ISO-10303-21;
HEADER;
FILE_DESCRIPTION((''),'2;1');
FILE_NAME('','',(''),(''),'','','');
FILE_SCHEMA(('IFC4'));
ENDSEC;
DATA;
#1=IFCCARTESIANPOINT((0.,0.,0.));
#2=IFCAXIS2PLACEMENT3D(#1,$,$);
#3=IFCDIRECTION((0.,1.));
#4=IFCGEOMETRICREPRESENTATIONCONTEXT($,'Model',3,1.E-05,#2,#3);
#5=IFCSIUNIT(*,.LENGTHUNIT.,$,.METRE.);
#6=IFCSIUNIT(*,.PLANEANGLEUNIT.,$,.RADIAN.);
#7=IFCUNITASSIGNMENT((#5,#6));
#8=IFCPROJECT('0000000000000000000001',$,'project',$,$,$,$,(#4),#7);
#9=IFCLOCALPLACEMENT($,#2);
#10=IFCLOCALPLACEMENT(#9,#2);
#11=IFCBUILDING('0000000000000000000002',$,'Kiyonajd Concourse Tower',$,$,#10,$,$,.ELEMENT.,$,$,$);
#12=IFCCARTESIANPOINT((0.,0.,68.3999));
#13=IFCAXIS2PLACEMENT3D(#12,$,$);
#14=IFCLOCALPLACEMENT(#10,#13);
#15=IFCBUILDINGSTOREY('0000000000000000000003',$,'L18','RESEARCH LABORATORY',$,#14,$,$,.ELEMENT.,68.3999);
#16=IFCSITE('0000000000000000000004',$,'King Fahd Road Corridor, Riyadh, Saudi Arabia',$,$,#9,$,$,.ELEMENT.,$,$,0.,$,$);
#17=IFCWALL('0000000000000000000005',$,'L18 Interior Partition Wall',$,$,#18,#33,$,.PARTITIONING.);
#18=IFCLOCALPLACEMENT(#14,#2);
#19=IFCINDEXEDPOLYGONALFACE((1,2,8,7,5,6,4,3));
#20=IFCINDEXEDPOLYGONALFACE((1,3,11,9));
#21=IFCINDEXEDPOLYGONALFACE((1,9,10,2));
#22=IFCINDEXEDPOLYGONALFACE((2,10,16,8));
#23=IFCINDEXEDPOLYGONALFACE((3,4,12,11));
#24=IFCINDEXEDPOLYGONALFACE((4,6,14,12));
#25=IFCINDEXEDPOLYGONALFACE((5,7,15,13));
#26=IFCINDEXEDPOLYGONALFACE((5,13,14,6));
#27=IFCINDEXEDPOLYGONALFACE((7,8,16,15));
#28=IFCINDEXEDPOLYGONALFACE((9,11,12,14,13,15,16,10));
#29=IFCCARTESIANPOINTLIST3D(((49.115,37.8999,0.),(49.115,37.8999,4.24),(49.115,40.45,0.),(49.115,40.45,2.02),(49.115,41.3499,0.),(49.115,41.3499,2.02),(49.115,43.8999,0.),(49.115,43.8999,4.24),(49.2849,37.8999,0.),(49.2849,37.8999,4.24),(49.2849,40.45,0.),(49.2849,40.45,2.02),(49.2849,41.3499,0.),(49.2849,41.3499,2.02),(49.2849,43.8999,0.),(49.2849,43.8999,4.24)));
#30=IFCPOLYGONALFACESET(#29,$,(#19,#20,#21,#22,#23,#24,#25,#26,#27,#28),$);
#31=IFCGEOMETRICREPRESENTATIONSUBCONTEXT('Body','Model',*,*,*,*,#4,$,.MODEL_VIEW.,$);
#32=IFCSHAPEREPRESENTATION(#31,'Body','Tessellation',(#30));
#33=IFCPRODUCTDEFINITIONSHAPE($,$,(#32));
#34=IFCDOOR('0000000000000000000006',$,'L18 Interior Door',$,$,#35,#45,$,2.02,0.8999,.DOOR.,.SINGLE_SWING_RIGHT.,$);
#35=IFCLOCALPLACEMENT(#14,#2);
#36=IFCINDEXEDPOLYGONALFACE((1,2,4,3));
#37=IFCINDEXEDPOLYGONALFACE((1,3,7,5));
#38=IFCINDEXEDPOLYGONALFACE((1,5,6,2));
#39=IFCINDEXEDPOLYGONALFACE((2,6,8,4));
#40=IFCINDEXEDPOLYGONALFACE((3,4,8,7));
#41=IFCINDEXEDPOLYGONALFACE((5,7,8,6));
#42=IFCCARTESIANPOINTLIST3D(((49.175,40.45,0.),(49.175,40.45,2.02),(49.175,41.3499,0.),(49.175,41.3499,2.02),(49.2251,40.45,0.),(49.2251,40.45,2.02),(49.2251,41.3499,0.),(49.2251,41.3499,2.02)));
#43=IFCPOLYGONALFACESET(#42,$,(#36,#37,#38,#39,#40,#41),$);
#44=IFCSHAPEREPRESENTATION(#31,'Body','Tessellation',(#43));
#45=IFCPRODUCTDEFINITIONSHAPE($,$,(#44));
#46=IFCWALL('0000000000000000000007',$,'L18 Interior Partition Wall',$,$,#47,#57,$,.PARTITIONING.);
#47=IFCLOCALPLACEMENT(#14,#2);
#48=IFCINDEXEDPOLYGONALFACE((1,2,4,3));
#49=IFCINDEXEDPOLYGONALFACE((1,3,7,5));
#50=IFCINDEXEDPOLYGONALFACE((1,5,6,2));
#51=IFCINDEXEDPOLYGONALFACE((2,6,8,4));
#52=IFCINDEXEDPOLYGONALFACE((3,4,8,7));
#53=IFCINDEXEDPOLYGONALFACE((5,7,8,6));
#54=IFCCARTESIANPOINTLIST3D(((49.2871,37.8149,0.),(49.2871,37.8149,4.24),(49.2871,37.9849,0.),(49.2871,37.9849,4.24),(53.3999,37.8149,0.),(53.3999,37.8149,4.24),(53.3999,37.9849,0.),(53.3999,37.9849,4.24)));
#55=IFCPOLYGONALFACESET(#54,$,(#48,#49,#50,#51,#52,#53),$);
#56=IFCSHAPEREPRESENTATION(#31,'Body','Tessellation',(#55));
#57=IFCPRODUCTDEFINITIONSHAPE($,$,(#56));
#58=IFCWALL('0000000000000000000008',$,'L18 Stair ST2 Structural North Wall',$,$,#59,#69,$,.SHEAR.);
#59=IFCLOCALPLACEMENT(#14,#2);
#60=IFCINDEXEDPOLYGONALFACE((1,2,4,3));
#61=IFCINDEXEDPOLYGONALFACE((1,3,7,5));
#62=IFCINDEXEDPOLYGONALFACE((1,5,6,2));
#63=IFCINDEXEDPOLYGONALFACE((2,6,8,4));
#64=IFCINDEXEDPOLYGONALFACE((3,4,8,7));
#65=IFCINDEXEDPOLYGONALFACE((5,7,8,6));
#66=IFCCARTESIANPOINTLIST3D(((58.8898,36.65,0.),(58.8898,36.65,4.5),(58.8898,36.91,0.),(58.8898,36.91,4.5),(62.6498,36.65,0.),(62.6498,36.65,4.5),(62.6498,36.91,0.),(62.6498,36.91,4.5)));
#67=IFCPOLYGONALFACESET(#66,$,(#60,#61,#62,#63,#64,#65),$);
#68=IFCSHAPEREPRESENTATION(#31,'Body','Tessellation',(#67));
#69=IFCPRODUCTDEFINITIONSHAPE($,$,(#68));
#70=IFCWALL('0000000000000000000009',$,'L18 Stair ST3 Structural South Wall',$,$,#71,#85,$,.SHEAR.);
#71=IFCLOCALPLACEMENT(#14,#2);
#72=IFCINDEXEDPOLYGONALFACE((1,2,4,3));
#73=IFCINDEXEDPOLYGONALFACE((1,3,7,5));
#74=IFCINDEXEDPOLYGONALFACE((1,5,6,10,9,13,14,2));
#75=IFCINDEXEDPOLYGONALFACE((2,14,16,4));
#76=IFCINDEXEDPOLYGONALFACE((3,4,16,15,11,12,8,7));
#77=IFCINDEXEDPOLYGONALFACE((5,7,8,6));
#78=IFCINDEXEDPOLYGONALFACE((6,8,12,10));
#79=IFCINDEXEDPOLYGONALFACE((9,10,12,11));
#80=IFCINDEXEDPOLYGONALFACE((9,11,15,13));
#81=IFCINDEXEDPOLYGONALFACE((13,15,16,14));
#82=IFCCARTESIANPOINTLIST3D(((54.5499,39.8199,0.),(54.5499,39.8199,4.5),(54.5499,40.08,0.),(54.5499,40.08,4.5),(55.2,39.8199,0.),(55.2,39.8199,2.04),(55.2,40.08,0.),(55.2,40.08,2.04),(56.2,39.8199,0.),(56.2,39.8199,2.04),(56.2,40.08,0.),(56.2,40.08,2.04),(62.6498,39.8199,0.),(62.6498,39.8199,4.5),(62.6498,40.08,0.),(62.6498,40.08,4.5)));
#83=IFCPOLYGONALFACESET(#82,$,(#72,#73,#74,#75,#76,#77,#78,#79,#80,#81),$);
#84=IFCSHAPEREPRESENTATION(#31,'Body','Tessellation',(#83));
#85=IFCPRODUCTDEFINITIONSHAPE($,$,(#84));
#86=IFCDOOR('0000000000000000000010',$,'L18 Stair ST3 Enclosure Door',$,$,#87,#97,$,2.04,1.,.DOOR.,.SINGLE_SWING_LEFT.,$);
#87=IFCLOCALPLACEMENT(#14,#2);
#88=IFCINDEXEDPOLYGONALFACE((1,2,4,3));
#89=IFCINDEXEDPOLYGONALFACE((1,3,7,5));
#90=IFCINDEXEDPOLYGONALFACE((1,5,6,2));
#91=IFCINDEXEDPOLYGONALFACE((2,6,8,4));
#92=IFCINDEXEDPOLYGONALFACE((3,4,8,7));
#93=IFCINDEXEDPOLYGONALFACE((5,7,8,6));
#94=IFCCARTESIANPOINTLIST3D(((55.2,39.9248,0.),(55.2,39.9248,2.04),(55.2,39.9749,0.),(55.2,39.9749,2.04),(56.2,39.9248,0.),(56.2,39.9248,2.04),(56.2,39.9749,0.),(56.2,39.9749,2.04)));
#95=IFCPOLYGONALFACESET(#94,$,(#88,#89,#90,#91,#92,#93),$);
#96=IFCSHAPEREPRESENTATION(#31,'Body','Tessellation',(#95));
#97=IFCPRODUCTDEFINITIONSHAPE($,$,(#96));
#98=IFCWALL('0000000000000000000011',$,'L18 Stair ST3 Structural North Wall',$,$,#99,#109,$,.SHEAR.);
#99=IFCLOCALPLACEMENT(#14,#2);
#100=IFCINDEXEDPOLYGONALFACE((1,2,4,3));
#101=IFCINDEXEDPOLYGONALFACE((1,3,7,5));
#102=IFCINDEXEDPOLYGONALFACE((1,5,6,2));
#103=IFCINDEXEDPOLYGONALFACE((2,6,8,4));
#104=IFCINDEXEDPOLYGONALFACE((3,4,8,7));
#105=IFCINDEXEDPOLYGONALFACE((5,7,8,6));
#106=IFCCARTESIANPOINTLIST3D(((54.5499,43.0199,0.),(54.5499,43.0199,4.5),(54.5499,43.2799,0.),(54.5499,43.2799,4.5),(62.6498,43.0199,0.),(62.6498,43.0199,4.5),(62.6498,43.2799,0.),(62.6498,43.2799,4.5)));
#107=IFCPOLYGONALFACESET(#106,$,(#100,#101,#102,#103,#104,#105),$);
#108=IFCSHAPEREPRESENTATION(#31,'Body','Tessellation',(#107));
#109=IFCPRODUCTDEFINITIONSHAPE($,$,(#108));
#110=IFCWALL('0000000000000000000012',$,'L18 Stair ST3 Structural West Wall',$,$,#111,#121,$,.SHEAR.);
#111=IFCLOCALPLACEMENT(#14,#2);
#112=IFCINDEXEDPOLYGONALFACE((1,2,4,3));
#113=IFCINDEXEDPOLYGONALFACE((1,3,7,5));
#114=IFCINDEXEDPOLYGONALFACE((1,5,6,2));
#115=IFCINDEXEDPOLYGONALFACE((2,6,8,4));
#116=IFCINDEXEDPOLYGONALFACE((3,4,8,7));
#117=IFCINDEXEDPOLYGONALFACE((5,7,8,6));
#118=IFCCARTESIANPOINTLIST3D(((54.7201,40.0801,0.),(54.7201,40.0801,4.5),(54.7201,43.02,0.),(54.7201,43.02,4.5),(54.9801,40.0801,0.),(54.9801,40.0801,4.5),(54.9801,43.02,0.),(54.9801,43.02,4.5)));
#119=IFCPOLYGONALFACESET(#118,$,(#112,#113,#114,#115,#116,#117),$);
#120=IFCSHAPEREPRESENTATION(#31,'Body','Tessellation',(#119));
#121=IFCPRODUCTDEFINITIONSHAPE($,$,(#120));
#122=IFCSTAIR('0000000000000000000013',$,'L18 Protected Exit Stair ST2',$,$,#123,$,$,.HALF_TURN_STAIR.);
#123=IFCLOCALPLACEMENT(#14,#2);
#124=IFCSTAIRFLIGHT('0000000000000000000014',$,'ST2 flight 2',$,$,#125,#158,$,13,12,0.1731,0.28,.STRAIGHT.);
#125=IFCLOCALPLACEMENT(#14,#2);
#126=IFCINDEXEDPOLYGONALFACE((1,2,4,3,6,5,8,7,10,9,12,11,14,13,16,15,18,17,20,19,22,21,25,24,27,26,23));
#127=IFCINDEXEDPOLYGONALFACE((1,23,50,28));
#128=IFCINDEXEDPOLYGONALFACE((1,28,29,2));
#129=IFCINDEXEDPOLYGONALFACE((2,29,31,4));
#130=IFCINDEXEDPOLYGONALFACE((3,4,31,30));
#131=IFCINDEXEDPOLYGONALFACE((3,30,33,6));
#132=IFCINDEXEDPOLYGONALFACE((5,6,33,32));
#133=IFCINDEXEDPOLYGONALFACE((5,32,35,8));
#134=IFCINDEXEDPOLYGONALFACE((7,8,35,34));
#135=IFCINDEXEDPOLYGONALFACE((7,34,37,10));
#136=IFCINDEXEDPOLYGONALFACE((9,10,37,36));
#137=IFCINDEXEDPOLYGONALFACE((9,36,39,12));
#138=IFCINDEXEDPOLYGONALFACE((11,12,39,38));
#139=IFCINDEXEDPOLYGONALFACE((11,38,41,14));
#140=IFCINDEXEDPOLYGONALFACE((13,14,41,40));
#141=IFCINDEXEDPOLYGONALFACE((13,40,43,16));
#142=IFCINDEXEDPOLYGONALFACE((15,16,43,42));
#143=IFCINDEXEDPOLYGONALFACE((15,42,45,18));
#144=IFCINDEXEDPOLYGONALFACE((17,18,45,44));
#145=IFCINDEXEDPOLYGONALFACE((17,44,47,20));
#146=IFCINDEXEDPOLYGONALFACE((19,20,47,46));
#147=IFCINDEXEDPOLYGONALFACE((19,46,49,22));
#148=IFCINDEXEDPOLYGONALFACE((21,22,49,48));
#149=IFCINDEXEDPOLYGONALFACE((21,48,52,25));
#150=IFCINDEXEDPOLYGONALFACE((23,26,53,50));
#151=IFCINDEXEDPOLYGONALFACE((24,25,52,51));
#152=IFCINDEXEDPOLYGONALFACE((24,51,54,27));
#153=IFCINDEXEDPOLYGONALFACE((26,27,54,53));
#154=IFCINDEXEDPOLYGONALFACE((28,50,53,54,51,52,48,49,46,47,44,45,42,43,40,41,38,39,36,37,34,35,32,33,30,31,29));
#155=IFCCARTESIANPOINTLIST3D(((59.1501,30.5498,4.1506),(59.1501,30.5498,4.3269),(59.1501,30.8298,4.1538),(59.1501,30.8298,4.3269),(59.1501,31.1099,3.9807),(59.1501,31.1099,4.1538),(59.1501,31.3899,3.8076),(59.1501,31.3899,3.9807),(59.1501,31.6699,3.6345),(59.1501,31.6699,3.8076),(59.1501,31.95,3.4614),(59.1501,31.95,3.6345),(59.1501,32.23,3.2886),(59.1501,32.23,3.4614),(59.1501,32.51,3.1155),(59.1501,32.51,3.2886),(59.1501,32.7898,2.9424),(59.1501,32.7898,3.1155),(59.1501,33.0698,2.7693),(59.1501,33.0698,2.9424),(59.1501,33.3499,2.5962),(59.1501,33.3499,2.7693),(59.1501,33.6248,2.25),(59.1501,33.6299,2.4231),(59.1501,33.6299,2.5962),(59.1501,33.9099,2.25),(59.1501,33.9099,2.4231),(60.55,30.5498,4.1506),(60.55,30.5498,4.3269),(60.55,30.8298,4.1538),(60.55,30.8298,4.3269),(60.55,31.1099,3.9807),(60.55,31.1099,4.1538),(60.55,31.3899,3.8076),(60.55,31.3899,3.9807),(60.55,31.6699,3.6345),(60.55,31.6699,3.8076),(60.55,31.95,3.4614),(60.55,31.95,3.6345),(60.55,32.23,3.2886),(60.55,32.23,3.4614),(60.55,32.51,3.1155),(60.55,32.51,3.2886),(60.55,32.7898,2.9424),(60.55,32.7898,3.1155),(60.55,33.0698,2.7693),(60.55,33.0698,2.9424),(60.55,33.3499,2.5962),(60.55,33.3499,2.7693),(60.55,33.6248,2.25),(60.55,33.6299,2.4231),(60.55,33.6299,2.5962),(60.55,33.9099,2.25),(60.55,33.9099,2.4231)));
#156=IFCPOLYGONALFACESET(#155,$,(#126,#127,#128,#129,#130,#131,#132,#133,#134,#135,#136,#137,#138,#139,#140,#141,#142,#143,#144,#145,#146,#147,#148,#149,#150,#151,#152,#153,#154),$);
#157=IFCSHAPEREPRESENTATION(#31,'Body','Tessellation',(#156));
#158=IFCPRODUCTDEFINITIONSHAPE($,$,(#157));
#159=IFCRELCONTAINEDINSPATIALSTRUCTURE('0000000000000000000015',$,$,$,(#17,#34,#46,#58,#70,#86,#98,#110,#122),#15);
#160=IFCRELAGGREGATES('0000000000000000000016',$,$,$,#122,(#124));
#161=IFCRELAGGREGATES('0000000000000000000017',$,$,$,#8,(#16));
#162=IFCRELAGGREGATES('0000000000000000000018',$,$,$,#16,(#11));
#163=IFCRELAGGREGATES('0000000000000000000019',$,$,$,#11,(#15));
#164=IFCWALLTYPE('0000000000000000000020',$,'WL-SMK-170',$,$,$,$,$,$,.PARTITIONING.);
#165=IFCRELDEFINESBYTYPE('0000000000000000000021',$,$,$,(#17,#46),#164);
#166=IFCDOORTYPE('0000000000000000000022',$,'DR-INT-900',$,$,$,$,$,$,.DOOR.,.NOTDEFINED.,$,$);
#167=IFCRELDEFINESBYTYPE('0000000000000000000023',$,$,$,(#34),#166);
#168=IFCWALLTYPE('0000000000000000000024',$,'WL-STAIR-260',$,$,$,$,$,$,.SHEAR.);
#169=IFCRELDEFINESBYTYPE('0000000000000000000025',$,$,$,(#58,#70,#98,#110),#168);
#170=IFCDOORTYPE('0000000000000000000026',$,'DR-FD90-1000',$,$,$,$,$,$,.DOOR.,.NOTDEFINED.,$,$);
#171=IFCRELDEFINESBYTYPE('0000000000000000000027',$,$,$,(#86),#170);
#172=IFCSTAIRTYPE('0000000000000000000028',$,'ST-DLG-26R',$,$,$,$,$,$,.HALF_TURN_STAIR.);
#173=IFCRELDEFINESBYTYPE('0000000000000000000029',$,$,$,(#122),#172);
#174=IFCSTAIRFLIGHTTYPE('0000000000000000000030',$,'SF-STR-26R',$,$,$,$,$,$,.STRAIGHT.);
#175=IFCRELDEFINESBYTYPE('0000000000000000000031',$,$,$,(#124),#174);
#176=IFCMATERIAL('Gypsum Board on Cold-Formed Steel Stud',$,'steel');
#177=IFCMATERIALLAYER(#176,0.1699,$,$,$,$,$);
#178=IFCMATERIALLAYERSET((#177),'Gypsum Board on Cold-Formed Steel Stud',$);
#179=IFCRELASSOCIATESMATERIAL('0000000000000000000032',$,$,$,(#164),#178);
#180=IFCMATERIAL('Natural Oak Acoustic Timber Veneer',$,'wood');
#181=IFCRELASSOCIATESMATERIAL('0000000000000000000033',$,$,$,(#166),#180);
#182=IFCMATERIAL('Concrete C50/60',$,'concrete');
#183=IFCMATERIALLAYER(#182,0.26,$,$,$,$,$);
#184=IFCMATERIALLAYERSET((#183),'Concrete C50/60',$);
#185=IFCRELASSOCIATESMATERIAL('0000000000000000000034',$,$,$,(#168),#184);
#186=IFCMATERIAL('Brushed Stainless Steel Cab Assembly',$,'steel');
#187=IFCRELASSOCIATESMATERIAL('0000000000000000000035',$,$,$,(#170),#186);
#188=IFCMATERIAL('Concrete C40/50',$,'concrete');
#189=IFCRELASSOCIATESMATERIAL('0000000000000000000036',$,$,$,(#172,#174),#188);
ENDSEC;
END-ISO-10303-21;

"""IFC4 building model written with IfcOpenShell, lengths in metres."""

from ifc_helpers import new_model, si_unit, direction, frame, frame_2d, origin, place, context, subcontext, project, spatial, polyline, rectangle, outline, extrude, material, layer, layer_set, type_object, element, fill, aggregate, save


model = new_model("IFC4")

# Units and contexts
model_context = context("Model", 3, precision=1e-05, world=origin(), true_north=direction((0.0, 1.0)))
body_context = subcontext(model_context, "Body", "Model", "MODEL_VIEW")
ifc_project = project(units=[si_unit("LENGTHUNIT", "METRE"), si_unit("PLANEANGLEUNIT", "RADIAN")], contexts=[model_context])

# Site, building, storey
site_placement = place(None, origin())
site = spatial("IfcSite", under=ifc_project, at=site_placement, Name="King Fahd Road Corridor, Riyadh, Saudi Arabia", CompositionType="ELEMENT", RefElevation=0.0)
building_placement = place(site_placement, origin())
building = spatial("IfcBuilding", under=site, at=building_placement, Name="Kiyonajd Concourse Tower", CompositionType="ELEMENT")
storey_placement = place(building_placement, frame((0.0, 0.0, 68.3999)))
storey = spatial("IfcBuildingStorey", under=building, at=storey_placement, Name="L18", Description="RESEARCH LABORATORY", CompositionType="ELEMENT", Elevation=68.3999)

# Shared definitions
ifc_material_1 = material(Name="Concrete C50/60", Category="concrete")

# Shared definitions
ifc_material_2 = material(Name="Gypsum Board on Cold-Formed Steel Stud", Category="steel")

# Shared definitions
ifc_layer_1 = layer(ifc_material_2, 0.1699)
ifc_layer_set_1 = layer_set([ifc_layer_1], Name="Gypsum Board on Cold-Formed Steel Stud")
wall_type_1 = type_object("IfcWallType", Name="WL-SMK-170", PredefinedType="PARTITIONING", material=ifc_layer_set_1)
ifc_material_3 = material(Name="Natural Oak Acoustic Timber Veneer", Category="wood")
door_type_1 = type_object("IfcDoorType", Name="DR-INT-900", OperationType="NOTDEFINED", PredefinedType="DOOR", material=ifc_material_3)

# Wall, opening, door
wall_1_placement = place(storey_placement, frame((49.2, 37.8999, 0.0), z_axis=(0.0, 0.0, 1.0), x_axis=(0.0, 1.0, 0.0)))
wall_1 = element("IfcWall", 1, at=wall_1_placement, inside=storey, type_object=wall_type_1, Name="L18 Interior Partition Wall", PredefinedType="PARTITIONING", context=body_context, shape_type="SweptSolid", body=[
    extrude(rectangle(XDim=6.0, YDim=0.1699, at=frame_2d((3.0, 0.0))), origin(), (0.0, 0.0, 1.0), 4.24),
])
opening_1_placement = place(wall_1_placement, frame((2.55, 0.0, 0.0)))
opening_1 = element("IfcOpeningElement", 2, at=opening_1_placement, cuts=wall_1, PredefinedType="OPENING", context=body_context, shape_type="SweptSolid", body=[
    extrude(rectangle(XDim=0.8999, YDim=2.02, at=frame_2d((0.45, 1.01))), frame((0.0, 0.095, 0.0), z_axis=(0.0, -1.0, 0.0), x_axis=(1.0, 0.0, 0.0)), (0.0, 0.0, 1.0), 0.1899),
])
door_1_placement = place(opening_1_placement, origin())
door_1 = element("IfcDoor", 3, at=door_1_placement, inside=storey, type_object=door_type_1, Name="L18 Interior Door", OperationType="SINGLE_SWING_RIGHT", OverallHeight=2.02, OverallWidth=0.8999, PredefinedType="DOOR", context=body_context, shape_type="SweptSolid", body=[
    extrude(rectangle(XDim=0.8999, YDim=2.02, at=frame_2d((0.45, 1.01))), frame((0.0, 0.0249, 0.0), z_axis=(0.0, -1.0, 0.0), x_axis=(1.0, 0.0, 0.0)), (0.0, 0.0, 1.0), 0.05),
])
fill(opening_1, door_1)

# Walls
wall_2_placement = place(storey_placement, frame((49.2871, 37.8999, 0.0), z_axis=(0.0, 0.0, 1.0), x_axis=(1.0, 0.0, 0.0)))
element("IfcWall", 4, at=wall_2_placement, inside=storey, type_object=wall_type_1, Name="L18 Interior Partition Wall", PredefinedType="PARTITIONING", context=body_context, shape_type="SweptSolid", body=[
    extrude(rectangle(XDim=4.1128, YDim=0.1699, at=frame_2d((2.0564, 0.0))), origin(), (0.0, 0.0, 1.0), 4.24),
])
ifc_layer_2 = layer(ifc_material_1, 0.26)
ifc_layer_set_2 = layer_set([ifc_layer_2], Name="Concrete C50/60")
wall_type_2 = type_object("IfcWallType", Name="WL-STAIR-260", PredefinedType="SHEAR", material=ifc_layer_set_2)
wall_3_placement = place(storey_placement, frame((58.8899, 36.78, 0.0), z_axis=(0.0, 0.0, 1.0), x_axis=(1.0, 0.0, 0.0)))
element("IfcWall", 5, at=wall_3_placement, inside=storey, type_object=wall_type_2, Name="L18 Stair ST2 Structural North Wall", PredefinedType="SHEAR", context=body_context, shape_type="SweptSolid", body=[
    extrude(rectangle(XDim=3.76, YDim=0.26, at=frame_2d((1.8799, 0.0))), origin(), (0.0, 0.0, 1.0), 4.5),
])

# Wall, opening, door
wall_4_placement = place(storey_placement, frame((54.55, 39.95, 0.0), z_axis=(0.0, 0.0, 1.0), x_axis=(1.0, 0.0, 0.0)))
wall_4 = element("IfcWall", 6, at=wall_4_placement, inside=storey, type_object=wall_type_2, Name="L18 Stair ST3 Structural South Wall", PredefinedType="SHEAR", context=body_context, shape_type="SweptSolid", body=[
    extrude(rectangle(XDim=8.0999, YDim=0.26, at=frame_2d((4.0498, 0.0))), origin(), (0.0, 0.0, 1.0), 4.5),
])
opening_2_placement = place(wall_4_placement, frame((0.6499, 0.0, 0.0)))
opening_2 = element("IfcOpeningElement", 7, at=opening_2_placement, cuts=wall_4, PredefinedType="OPENING", context=body_context, shape_type="SweptSolid", body=[
    extrude(rectangle(XDim=1.0, YDim=2.04, at=frame_2d((0.5, 1.02))), frame((0.0, 0.1399, 0.0), z_axis=(0.0, -1.0, 0.0), x_axis=(1.0, 0.0, 0.0)), (0.0, 0.0, 1.0), 0.28),
])
ifc_material_4 = material(Name="Brushed Stainless Steel Cab Assembly", Category="steel")
door_type_2 = type_object("IfcDoorType", Name="DR-FD90-1000", OperationType="NOTDEFINED", PredefinedType="DOOR", material=ifc_material_4)
door_2_placement = place(opening_2_placement, origin())
door_2 = element("IfcDoor", 8, at=door_2_placement, inside=storey, type_object=door_type_2, Name="L18 Stair ST3 Enclosure Door", OperationType="SINGLE_SWING_LEFT", OverallHeight=2.04, OverallWidth=1.0, PredefinedType="DOOR", context=body_context, shape_type="SweptSolid", body=[
    extrude(rectangle(XDim=1.0, YDim=2.04, at=frame_2d((0.5, 1.02))), frame((0.0, 0.0249, 0.0), z_axis=(0.0, -1.0, 0.0), x_axis=(1.0, 0.0, 0.0)), (0.0, 0.0, 1.0), 0.05),
])
fill(opening_2, door_2)

# Walls
wall_5_placement = place(storey_placement, frame((54.55, 43.1499, 0.0), z_axis=(0.0, 0.0, 1.0), x_axis=(1.0, 0.0, 0.0)))
element("IfcWall", 9, at=wall_5_placement, inside=storey, type_object=wall_type_2, Name="L18 Stair ST3 Structural North Wall", PredefinedType="SHEAR", context=body_context, shape_type="SweptSolid", body=[
    extrude(rectangle(XDim=8.0999, YDim=0.26, at=frame_2d((4.0498, 0.0))), origin(), (0.0, 0.0, 1.0), 4.5),
])
wall_6_placement = place(storey_placement, frame((54.8501, 40.0801, 0.0), z_axis=(0.0, 0.0, 1.0), x_axis=(0.0, 1.0, 0.0)))
element("IfcWall", 10, at=wall_6_placement, inside=storey, type_object=wall_type_2, Name="L18 Stair ST3 Structural West Wall", PredefinedType="SHEAR", context=body_context, shape_type="SweptSolid", body=[
    extrude(rectangle(XDim=2.9399, YDim=0.26, at=frame_2d((1.47, 0.0))), origin(), (0.0, 0.0, 1.0), 4.5),
])

# Stair, stair flight
ifc_material_5 = material(Name="Concrete C40/50", Category="concrete")
stair_type = type_object("IfcStairType", Name="ST-DLG-26R", PredefinedType="HALF_TURN_STAIR", material=ifc_material_5)
stair_1_placement = place(storey_placement, origin())
stair_1 = element("IfcStair", 11, at=stair_1_placement, inside=storey, type_object=stair_type, Name="L18 Protected Exit Stair ST2", PredefinedType="HALF_TURN_STAIR")
stair_flight_type = type_object("IfcStairFlightType", Name="SF-STR-26R", PredefinedType="STRAIGHT", material=ifc_material_5)
stair_flight_1_placement = place(storey_placement, frame((59.8501, 33.9099, 2.25), z_axis=(0.0, 0.0, 1.0), x_axis=(0.0, -1.0, 0.0)))
stair_flight_1 = element("IfcStairFlight", 12, at=stair_flight_1_placement, type_object=stair_flight_type, Name="ST2 flight 2", NumberOfRisers=13, NumberOfTreads=12, PredefinedType="STRAIGHT", RiserHeight=0.1731, TreadLength=0.28, context=body_context, shape_type="SweptSolid", body=[
    extrude(outline(polyline([(0.0, 0.0), (0.0, 0.1731), (0.28, 0.1731), (0.28, 0.3462), (0.5601, 0.3462), (0.5601, 0.5193), (0.8401, 0.5193), (0.8401, 0.6924), (1.1201, 0.6924), (1.1201, 0.8655), (1.3999, 0.8655), (1.3999, 1.0386), (1.6799, 1.0386), (1.6799, 1.2114), (1.96, 1.2114), (1.96, 1.3845), (2.24, 1.3845), (2.24, 1.5576), (2.52, 1.5576), (2.52, 1.7307), (2.8, 1.7307), (2.8, 1.9038), (3.0801, 1.9038), (3.0801, 2.0769), (3.3601, 2.0769), (3.3601, 2.25), (3.3601, 1.9006), (0.2852, 0.0), (0.0, 0.0)])), frame((0.0, 0.7, 0.0), z_axis=(0.0, -1.0, 0.0), x_axis=(1.0, 0.0, 0.0)), (0.0, 0.0, 1.0), 1.3999),
])
aggregate(stair_1, [stair_flight_1])

save(model, "model.ifc")
